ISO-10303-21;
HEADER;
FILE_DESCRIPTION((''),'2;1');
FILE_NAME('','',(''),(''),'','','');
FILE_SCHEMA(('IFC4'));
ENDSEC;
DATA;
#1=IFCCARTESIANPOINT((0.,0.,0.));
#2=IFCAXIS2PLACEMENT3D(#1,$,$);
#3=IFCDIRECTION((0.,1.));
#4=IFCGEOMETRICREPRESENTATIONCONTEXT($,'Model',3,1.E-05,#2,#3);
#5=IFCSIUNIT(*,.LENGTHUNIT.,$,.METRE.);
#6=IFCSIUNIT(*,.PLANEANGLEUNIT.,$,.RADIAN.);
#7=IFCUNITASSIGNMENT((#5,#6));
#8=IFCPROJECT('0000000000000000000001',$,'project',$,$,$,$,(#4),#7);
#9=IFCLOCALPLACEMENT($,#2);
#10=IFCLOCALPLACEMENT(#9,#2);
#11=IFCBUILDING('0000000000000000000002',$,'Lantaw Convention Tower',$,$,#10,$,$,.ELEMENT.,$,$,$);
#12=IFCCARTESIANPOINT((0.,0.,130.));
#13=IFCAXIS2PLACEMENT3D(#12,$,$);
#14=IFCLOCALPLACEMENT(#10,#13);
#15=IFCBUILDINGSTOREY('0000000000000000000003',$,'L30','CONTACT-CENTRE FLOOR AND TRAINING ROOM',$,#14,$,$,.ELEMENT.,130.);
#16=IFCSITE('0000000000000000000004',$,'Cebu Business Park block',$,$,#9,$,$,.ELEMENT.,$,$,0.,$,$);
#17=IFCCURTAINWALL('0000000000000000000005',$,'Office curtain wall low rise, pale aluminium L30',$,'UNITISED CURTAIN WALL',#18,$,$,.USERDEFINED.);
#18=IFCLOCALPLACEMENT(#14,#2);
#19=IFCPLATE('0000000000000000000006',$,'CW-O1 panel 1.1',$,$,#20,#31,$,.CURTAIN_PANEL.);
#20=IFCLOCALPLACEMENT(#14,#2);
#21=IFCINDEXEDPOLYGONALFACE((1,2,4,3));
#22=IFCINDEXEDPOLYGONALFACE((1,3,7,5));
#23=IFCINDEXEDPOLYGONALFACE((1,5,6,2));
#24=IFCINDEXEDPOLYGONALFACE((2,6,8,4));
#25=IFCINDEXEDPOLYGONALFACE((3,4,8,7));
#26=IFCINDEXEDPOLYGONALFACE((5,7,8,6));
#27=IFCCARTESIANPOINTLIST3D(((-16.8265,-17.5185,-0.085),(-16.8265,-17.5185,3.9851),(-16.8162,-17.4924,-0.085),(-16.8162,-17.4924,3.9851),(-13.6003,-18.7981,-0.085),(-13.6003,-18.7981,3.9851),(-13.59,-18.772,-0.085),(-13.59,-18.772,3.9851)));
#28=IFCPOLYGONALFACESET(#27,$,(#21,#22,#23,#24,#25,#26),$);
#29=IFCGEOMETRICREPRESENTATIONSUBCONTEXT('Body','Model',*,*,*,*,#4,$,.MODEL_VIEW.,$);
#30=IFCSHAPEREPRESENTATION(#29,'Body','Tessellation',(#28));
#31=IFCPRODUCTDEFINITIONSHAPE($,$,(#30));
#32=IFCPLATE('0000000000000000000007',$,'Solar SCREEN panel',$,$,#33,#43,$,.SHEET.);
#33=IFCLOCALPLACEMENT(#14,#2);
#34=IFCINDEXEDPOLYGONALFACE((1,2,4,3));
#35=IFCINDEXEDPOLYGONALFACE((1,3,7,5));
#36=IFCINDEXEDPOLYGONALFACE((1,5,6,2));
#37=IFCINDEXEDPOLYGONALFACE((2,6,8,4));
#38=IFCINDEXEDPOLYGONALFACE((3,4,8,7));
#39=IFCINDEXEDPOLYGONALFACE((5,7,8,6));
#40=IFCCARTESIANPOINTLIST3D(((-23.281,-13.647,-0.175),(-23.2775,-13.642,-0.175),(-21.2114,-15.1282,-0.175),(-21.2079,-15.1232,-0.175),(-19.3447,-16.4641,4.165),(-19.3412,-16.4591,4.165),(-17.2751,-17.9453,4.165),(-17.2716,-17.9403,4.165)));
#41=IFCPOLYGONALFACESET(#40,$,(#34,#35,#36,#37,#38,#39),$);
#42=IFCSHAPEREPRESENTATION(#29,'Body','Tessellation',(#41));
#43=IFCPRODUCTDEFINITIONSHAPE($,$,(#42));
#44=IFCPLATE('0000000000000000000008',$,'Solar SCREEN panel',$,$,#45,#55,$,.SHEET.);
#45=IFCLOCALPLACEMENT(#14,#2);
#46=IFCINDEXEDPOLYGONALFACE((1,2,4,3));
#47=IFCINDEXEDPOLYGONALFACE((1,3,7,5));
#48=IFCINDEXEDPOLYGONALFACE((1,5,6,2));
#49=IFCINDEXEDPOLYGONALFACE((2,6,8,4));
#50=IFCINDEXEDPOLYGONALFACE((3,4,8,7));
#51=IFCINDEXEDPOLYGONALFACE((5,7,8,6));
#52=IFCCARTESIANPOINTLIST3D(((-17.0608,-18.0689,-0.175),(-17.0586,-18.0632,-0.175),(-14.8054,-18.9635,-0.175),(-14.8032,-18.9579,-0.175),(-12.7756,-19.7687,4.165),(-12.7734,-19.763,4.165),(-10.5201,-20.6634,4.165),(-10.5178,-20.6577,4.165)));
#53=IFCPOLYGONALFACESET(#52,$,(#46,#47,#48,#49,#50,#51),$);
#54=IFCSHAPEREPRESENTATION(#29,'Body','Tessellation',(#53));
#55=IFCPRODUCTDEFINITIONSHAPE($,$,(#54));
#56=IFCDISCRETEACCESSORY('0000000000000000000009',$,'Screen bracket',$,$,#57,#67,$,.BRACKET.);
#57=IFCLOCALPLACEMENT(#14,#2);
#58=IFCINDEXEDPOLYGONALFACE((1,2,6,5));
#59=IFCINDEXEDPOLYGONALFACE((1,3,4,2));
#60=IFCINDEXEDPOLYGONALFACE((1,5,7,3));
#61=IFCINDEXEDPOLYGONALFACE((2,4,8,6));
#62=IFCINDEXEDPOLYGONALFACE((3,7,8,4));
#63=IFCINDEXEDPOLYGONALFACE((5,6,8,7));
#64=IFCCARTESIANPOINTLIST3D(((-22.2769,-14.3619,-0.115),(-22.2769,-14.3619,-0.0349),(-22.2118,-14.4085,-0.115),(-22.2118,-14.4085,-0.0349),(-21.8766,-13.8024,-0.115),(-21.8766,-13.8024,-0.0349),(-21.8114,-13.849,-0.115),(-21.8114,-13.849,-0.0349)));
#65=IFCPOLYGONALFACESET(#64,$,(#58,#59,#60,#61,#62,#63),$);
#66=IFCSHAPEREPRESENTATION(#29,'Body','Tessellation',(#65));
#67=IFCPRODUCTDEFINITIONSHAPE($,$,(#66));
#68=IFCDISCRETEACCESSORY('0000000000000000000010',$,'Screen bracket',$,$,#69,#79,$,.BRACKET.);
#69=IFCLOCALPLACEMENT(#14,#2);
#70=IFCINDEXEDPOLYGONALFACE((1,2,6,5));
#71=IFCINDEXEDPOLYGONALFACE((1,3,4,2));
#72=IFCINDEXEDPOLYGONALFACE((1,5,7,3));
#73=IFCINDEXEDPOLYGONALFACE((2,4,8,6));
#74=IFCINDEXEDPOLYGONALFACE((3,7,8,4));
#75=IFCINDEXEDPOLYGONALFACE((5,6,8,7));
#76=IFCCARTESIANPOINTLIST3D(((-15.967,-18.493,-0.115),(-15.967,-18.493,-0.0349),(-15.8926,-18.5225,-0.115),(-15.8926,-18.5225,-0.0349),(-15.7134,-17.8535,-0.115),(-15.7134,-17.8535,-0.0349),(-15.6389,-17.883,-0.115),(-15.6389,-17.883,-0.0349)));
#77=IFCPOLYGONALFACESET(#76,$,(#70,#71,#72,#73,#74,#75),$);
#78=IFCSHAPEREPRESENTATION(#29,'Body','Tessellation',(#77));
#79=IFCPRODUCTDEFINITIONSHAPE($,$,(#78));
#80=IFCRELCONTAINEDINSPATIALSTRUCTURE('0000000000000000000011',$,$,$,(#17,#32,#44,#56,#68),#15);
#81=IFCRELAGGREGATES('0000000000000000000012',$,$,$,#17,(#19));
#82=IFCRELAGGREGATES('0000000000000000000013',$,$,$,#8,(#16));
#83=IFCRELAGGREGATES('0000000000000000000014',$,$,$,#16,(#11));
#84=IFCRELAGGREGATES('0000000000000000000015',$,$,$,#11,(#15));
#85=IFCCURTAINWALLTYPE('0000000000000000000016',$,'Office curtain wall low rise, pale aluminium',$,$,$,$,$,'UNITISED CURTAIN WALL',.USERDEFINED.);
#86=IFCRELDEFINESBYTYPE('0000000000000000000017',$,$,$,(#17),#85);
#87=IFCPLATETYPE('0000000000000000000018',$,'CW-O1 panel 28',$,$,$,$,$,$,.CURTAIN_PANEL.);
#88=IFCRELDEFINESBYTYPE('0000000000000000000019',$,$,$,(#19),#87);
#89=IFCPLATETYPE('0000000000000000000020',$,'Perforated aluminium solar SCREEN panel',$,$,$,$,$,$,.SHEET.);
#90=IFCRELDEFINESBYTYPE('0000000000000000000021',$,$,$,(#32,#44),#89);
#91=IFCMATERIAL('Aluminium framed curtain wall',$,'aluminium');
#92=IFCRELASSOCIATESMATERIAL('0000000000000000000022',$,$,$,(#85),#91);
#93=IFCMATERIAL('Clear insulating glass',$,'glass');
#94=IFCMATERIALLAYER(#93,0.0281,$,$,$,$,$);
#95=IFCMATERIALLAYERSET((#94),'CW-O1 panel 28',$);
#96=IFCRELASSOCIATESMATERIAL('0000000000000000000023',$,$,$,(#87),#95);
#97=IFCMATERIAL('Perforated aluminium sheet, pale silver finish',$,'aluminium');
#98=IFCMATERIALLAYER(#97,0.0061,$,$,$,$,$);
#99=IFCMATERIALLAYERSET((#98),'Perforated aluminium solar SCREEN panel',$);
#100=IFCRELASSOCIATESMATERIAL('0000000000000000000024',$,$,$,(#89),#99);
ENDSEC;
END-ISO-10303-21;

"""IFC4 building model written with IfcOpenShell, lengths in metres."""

from ifc_helpers import new_model, si_unit, direction, frame, origin, origin_2d, place, context, subcontext, project, spatial, polyline, rectangle, outline, extrude, material, layer, layer_set, type_object, element, aggregate, save


model = new_model("IFC4")

# Units and contexts
model_context = context("Model", 3, precision=1e-05, world=origin(), true_north=direction((0.0, 1.0)))
body_context = subcontext(model_context, "Body", "Model", "MODEL_VIEW")
ifc_project = project(units=[si_unit("LENGTHUNIT", "METRE"), si_unit("PLANEANGLEUNIT", "RADIAN")], contexts=[model_context])

# Site, building, storey
site_placement = place(None, origin())
site = spatial("IfcSite", under=ifc_project, at=site_placement, Name="Cebu Business Park block", CompositionType="ELEMENT", RefElevation=0.0)
building_placement = place(site_placement, origin())
building = spatial("IfcBuilding", under=site, at=building_placement, Name="Lantaw Convention Tower", CompositionType="ELEMENT")
storey_placement = place(building_placement, frame((0.0, 0.0, 130.0)))
storey = spatial("IfcBuildingStorey", under=building, at=storey_placement, Name="L30", Description="CONTACT-CENTRE FLOOR AND TRAINING ROOM", CompositionType="ELEMENT", Elevation=130.0)

# Shared definitions
ifc_material_1 = material(Name="Aluminium framed curtain wall", Category="aluminium")
curtain_wall_type = type_object("IfcCurtainWallType", Name="Office curtain wall low rise, pale aluminium", ElementType="UNITISED CURTAIN WALL", PredefinedType="USERDEFINED", material=ifc_material_1)

# Curtain wall
curtain_wall_1_placement = place(storey_placement, origin())
curtain_wall_1 = element("IfcCurtainWall", 1, at=curtain_wall_1_placement, inside=storey, type_object=curtain_wall_type, Name="Office curtain wall low rise, pale aluminium L30", ObjectType="UNITISED CURTAIN WALL", PredefinedType="USERDEFINED")

# Plate
ifc_material_2 = material(Name="Clear insulating glass", Category="glass")
ifc_layer_1 = layer(ifc_material_2, 0.0281)
ifc_layer_set_1 = layer_set([ifc_layer_1], Name="CW-O1 panel 28")
plate_type_1 = type_object("IfcPlateType", Name="CW-O1 panel 28", PredefinedType="CURTAIN_PANEL", material=ifc_layer_set_1)
plate_1_placement = place(storey_placement, frame((-15.2083, -18.1453, -0.085), z_axis=(0.0, 0.0, 1.0), x_axis=(0.929548, -0.368702, 0.0)))
plate_1 = element("IfcPlate", 2, at=plate_1_placement, type_object=plate_type_1, Name="CW-O1 panel 1.1", PredefinedType="CURTAIN_PANEL", context=body_context, shape_type="SweptSolid", body=[
    extrude(rectangle(XDim=3.4707, YDim=0.0281, at=origin_2d()), origin(), (0.0, 0.0, 1.0), 4.0701),
])
aggregate(curtain_wall_1, [plate_1])

# Plates
ifc_material_3 = material(Name="Perforated aluminium sheet, pale silver finish", Category="aluminium")
ifc_layer_2 = layer(ifc_material_3, 0.0061)
ifc_layer_set_2 = layer_set([ifc_layer_2], Name="Perforated aluminium solar SCREEN panel")
plate_type_2 = type_object("IfcPlateType", Name="Perforated aluminium solar SCREEN panel", PredefinedType="SHEET", material=ifc_layer_set_2)
plate_2_placement = place(storey_placement, frame((-23.281, -13.647, -0.175), z_axis=(-0.582, -0.813189, 0.000012), x_axis=(0.813189, -0.582, 0.0)))
element("IfcPlate", 3, at=plate_2_placement, inside=storey, type_object=plate_type_2, Name="Solar SCREEN panel", PredefinedType="SHEET", context=body_context, shape_type="SweptSolid", body=[
    extrude(outline(polyline([(0.0, 0.0), (2.545, 0.0), (7.3855, 4.3401), (4.8405, 4.3401), (0.0, 0.0)])), origin(), (0.0, 0.0, -1.0), 0.0061),
])
plate_3_placement = place(storey_placement, frame((-17.0586, -18.0632, -0.175), z_axis=(0.368709, 0.929545, 0.000011), x_axis=(0.929545, -0.368709, 0.0)))
element("IfcPlate", 4, at=plate_3_placement, inside=storey, type_object=plate_type_2, Name="Solar SCREEN panel", PredefinedType="SHEET", context=body_context, shape_type="SweptSolid", body=[
    extrude(outline(polyline([(0.0, 0.0), (2.4264, 0.0), (7.0365, -4.3401), (4.61, -4.3401), (0.0, 0.0)])), origin(), (0.0, 0.0, -1.0), 0.0061),
])

# Discrete accessories
for number, where, z_axis, x_axis, name in (
    (5, (-22.0442, -14.1055, -0.115), (0.0, 0.0, 1.0), (0.813208, -0.581973, 0.0), "Screen bracket"),
    (6, (-15.803, -18.188, -0.115), (0.0, 0.0, 1.0), (0.929548, -0.368702, 0.0), "Screen bracket"),
):
    element("IfcDiscreteAccessory", number, at=place(storey_placement, frame(where, z_axis=z_axis, x_axis=x_axis)), inside=storey, Name=name, PredefinedType="BRACKET", context=body_context, shape_type="SweptSolid", body=[
        extrude(rectangle(XDim=0.0801, YDim=0.688, at=origin_2d()), origin(), (0.0, 0.0, 1.0), 0.0801),
    ])

save(model, "model.ifc")
